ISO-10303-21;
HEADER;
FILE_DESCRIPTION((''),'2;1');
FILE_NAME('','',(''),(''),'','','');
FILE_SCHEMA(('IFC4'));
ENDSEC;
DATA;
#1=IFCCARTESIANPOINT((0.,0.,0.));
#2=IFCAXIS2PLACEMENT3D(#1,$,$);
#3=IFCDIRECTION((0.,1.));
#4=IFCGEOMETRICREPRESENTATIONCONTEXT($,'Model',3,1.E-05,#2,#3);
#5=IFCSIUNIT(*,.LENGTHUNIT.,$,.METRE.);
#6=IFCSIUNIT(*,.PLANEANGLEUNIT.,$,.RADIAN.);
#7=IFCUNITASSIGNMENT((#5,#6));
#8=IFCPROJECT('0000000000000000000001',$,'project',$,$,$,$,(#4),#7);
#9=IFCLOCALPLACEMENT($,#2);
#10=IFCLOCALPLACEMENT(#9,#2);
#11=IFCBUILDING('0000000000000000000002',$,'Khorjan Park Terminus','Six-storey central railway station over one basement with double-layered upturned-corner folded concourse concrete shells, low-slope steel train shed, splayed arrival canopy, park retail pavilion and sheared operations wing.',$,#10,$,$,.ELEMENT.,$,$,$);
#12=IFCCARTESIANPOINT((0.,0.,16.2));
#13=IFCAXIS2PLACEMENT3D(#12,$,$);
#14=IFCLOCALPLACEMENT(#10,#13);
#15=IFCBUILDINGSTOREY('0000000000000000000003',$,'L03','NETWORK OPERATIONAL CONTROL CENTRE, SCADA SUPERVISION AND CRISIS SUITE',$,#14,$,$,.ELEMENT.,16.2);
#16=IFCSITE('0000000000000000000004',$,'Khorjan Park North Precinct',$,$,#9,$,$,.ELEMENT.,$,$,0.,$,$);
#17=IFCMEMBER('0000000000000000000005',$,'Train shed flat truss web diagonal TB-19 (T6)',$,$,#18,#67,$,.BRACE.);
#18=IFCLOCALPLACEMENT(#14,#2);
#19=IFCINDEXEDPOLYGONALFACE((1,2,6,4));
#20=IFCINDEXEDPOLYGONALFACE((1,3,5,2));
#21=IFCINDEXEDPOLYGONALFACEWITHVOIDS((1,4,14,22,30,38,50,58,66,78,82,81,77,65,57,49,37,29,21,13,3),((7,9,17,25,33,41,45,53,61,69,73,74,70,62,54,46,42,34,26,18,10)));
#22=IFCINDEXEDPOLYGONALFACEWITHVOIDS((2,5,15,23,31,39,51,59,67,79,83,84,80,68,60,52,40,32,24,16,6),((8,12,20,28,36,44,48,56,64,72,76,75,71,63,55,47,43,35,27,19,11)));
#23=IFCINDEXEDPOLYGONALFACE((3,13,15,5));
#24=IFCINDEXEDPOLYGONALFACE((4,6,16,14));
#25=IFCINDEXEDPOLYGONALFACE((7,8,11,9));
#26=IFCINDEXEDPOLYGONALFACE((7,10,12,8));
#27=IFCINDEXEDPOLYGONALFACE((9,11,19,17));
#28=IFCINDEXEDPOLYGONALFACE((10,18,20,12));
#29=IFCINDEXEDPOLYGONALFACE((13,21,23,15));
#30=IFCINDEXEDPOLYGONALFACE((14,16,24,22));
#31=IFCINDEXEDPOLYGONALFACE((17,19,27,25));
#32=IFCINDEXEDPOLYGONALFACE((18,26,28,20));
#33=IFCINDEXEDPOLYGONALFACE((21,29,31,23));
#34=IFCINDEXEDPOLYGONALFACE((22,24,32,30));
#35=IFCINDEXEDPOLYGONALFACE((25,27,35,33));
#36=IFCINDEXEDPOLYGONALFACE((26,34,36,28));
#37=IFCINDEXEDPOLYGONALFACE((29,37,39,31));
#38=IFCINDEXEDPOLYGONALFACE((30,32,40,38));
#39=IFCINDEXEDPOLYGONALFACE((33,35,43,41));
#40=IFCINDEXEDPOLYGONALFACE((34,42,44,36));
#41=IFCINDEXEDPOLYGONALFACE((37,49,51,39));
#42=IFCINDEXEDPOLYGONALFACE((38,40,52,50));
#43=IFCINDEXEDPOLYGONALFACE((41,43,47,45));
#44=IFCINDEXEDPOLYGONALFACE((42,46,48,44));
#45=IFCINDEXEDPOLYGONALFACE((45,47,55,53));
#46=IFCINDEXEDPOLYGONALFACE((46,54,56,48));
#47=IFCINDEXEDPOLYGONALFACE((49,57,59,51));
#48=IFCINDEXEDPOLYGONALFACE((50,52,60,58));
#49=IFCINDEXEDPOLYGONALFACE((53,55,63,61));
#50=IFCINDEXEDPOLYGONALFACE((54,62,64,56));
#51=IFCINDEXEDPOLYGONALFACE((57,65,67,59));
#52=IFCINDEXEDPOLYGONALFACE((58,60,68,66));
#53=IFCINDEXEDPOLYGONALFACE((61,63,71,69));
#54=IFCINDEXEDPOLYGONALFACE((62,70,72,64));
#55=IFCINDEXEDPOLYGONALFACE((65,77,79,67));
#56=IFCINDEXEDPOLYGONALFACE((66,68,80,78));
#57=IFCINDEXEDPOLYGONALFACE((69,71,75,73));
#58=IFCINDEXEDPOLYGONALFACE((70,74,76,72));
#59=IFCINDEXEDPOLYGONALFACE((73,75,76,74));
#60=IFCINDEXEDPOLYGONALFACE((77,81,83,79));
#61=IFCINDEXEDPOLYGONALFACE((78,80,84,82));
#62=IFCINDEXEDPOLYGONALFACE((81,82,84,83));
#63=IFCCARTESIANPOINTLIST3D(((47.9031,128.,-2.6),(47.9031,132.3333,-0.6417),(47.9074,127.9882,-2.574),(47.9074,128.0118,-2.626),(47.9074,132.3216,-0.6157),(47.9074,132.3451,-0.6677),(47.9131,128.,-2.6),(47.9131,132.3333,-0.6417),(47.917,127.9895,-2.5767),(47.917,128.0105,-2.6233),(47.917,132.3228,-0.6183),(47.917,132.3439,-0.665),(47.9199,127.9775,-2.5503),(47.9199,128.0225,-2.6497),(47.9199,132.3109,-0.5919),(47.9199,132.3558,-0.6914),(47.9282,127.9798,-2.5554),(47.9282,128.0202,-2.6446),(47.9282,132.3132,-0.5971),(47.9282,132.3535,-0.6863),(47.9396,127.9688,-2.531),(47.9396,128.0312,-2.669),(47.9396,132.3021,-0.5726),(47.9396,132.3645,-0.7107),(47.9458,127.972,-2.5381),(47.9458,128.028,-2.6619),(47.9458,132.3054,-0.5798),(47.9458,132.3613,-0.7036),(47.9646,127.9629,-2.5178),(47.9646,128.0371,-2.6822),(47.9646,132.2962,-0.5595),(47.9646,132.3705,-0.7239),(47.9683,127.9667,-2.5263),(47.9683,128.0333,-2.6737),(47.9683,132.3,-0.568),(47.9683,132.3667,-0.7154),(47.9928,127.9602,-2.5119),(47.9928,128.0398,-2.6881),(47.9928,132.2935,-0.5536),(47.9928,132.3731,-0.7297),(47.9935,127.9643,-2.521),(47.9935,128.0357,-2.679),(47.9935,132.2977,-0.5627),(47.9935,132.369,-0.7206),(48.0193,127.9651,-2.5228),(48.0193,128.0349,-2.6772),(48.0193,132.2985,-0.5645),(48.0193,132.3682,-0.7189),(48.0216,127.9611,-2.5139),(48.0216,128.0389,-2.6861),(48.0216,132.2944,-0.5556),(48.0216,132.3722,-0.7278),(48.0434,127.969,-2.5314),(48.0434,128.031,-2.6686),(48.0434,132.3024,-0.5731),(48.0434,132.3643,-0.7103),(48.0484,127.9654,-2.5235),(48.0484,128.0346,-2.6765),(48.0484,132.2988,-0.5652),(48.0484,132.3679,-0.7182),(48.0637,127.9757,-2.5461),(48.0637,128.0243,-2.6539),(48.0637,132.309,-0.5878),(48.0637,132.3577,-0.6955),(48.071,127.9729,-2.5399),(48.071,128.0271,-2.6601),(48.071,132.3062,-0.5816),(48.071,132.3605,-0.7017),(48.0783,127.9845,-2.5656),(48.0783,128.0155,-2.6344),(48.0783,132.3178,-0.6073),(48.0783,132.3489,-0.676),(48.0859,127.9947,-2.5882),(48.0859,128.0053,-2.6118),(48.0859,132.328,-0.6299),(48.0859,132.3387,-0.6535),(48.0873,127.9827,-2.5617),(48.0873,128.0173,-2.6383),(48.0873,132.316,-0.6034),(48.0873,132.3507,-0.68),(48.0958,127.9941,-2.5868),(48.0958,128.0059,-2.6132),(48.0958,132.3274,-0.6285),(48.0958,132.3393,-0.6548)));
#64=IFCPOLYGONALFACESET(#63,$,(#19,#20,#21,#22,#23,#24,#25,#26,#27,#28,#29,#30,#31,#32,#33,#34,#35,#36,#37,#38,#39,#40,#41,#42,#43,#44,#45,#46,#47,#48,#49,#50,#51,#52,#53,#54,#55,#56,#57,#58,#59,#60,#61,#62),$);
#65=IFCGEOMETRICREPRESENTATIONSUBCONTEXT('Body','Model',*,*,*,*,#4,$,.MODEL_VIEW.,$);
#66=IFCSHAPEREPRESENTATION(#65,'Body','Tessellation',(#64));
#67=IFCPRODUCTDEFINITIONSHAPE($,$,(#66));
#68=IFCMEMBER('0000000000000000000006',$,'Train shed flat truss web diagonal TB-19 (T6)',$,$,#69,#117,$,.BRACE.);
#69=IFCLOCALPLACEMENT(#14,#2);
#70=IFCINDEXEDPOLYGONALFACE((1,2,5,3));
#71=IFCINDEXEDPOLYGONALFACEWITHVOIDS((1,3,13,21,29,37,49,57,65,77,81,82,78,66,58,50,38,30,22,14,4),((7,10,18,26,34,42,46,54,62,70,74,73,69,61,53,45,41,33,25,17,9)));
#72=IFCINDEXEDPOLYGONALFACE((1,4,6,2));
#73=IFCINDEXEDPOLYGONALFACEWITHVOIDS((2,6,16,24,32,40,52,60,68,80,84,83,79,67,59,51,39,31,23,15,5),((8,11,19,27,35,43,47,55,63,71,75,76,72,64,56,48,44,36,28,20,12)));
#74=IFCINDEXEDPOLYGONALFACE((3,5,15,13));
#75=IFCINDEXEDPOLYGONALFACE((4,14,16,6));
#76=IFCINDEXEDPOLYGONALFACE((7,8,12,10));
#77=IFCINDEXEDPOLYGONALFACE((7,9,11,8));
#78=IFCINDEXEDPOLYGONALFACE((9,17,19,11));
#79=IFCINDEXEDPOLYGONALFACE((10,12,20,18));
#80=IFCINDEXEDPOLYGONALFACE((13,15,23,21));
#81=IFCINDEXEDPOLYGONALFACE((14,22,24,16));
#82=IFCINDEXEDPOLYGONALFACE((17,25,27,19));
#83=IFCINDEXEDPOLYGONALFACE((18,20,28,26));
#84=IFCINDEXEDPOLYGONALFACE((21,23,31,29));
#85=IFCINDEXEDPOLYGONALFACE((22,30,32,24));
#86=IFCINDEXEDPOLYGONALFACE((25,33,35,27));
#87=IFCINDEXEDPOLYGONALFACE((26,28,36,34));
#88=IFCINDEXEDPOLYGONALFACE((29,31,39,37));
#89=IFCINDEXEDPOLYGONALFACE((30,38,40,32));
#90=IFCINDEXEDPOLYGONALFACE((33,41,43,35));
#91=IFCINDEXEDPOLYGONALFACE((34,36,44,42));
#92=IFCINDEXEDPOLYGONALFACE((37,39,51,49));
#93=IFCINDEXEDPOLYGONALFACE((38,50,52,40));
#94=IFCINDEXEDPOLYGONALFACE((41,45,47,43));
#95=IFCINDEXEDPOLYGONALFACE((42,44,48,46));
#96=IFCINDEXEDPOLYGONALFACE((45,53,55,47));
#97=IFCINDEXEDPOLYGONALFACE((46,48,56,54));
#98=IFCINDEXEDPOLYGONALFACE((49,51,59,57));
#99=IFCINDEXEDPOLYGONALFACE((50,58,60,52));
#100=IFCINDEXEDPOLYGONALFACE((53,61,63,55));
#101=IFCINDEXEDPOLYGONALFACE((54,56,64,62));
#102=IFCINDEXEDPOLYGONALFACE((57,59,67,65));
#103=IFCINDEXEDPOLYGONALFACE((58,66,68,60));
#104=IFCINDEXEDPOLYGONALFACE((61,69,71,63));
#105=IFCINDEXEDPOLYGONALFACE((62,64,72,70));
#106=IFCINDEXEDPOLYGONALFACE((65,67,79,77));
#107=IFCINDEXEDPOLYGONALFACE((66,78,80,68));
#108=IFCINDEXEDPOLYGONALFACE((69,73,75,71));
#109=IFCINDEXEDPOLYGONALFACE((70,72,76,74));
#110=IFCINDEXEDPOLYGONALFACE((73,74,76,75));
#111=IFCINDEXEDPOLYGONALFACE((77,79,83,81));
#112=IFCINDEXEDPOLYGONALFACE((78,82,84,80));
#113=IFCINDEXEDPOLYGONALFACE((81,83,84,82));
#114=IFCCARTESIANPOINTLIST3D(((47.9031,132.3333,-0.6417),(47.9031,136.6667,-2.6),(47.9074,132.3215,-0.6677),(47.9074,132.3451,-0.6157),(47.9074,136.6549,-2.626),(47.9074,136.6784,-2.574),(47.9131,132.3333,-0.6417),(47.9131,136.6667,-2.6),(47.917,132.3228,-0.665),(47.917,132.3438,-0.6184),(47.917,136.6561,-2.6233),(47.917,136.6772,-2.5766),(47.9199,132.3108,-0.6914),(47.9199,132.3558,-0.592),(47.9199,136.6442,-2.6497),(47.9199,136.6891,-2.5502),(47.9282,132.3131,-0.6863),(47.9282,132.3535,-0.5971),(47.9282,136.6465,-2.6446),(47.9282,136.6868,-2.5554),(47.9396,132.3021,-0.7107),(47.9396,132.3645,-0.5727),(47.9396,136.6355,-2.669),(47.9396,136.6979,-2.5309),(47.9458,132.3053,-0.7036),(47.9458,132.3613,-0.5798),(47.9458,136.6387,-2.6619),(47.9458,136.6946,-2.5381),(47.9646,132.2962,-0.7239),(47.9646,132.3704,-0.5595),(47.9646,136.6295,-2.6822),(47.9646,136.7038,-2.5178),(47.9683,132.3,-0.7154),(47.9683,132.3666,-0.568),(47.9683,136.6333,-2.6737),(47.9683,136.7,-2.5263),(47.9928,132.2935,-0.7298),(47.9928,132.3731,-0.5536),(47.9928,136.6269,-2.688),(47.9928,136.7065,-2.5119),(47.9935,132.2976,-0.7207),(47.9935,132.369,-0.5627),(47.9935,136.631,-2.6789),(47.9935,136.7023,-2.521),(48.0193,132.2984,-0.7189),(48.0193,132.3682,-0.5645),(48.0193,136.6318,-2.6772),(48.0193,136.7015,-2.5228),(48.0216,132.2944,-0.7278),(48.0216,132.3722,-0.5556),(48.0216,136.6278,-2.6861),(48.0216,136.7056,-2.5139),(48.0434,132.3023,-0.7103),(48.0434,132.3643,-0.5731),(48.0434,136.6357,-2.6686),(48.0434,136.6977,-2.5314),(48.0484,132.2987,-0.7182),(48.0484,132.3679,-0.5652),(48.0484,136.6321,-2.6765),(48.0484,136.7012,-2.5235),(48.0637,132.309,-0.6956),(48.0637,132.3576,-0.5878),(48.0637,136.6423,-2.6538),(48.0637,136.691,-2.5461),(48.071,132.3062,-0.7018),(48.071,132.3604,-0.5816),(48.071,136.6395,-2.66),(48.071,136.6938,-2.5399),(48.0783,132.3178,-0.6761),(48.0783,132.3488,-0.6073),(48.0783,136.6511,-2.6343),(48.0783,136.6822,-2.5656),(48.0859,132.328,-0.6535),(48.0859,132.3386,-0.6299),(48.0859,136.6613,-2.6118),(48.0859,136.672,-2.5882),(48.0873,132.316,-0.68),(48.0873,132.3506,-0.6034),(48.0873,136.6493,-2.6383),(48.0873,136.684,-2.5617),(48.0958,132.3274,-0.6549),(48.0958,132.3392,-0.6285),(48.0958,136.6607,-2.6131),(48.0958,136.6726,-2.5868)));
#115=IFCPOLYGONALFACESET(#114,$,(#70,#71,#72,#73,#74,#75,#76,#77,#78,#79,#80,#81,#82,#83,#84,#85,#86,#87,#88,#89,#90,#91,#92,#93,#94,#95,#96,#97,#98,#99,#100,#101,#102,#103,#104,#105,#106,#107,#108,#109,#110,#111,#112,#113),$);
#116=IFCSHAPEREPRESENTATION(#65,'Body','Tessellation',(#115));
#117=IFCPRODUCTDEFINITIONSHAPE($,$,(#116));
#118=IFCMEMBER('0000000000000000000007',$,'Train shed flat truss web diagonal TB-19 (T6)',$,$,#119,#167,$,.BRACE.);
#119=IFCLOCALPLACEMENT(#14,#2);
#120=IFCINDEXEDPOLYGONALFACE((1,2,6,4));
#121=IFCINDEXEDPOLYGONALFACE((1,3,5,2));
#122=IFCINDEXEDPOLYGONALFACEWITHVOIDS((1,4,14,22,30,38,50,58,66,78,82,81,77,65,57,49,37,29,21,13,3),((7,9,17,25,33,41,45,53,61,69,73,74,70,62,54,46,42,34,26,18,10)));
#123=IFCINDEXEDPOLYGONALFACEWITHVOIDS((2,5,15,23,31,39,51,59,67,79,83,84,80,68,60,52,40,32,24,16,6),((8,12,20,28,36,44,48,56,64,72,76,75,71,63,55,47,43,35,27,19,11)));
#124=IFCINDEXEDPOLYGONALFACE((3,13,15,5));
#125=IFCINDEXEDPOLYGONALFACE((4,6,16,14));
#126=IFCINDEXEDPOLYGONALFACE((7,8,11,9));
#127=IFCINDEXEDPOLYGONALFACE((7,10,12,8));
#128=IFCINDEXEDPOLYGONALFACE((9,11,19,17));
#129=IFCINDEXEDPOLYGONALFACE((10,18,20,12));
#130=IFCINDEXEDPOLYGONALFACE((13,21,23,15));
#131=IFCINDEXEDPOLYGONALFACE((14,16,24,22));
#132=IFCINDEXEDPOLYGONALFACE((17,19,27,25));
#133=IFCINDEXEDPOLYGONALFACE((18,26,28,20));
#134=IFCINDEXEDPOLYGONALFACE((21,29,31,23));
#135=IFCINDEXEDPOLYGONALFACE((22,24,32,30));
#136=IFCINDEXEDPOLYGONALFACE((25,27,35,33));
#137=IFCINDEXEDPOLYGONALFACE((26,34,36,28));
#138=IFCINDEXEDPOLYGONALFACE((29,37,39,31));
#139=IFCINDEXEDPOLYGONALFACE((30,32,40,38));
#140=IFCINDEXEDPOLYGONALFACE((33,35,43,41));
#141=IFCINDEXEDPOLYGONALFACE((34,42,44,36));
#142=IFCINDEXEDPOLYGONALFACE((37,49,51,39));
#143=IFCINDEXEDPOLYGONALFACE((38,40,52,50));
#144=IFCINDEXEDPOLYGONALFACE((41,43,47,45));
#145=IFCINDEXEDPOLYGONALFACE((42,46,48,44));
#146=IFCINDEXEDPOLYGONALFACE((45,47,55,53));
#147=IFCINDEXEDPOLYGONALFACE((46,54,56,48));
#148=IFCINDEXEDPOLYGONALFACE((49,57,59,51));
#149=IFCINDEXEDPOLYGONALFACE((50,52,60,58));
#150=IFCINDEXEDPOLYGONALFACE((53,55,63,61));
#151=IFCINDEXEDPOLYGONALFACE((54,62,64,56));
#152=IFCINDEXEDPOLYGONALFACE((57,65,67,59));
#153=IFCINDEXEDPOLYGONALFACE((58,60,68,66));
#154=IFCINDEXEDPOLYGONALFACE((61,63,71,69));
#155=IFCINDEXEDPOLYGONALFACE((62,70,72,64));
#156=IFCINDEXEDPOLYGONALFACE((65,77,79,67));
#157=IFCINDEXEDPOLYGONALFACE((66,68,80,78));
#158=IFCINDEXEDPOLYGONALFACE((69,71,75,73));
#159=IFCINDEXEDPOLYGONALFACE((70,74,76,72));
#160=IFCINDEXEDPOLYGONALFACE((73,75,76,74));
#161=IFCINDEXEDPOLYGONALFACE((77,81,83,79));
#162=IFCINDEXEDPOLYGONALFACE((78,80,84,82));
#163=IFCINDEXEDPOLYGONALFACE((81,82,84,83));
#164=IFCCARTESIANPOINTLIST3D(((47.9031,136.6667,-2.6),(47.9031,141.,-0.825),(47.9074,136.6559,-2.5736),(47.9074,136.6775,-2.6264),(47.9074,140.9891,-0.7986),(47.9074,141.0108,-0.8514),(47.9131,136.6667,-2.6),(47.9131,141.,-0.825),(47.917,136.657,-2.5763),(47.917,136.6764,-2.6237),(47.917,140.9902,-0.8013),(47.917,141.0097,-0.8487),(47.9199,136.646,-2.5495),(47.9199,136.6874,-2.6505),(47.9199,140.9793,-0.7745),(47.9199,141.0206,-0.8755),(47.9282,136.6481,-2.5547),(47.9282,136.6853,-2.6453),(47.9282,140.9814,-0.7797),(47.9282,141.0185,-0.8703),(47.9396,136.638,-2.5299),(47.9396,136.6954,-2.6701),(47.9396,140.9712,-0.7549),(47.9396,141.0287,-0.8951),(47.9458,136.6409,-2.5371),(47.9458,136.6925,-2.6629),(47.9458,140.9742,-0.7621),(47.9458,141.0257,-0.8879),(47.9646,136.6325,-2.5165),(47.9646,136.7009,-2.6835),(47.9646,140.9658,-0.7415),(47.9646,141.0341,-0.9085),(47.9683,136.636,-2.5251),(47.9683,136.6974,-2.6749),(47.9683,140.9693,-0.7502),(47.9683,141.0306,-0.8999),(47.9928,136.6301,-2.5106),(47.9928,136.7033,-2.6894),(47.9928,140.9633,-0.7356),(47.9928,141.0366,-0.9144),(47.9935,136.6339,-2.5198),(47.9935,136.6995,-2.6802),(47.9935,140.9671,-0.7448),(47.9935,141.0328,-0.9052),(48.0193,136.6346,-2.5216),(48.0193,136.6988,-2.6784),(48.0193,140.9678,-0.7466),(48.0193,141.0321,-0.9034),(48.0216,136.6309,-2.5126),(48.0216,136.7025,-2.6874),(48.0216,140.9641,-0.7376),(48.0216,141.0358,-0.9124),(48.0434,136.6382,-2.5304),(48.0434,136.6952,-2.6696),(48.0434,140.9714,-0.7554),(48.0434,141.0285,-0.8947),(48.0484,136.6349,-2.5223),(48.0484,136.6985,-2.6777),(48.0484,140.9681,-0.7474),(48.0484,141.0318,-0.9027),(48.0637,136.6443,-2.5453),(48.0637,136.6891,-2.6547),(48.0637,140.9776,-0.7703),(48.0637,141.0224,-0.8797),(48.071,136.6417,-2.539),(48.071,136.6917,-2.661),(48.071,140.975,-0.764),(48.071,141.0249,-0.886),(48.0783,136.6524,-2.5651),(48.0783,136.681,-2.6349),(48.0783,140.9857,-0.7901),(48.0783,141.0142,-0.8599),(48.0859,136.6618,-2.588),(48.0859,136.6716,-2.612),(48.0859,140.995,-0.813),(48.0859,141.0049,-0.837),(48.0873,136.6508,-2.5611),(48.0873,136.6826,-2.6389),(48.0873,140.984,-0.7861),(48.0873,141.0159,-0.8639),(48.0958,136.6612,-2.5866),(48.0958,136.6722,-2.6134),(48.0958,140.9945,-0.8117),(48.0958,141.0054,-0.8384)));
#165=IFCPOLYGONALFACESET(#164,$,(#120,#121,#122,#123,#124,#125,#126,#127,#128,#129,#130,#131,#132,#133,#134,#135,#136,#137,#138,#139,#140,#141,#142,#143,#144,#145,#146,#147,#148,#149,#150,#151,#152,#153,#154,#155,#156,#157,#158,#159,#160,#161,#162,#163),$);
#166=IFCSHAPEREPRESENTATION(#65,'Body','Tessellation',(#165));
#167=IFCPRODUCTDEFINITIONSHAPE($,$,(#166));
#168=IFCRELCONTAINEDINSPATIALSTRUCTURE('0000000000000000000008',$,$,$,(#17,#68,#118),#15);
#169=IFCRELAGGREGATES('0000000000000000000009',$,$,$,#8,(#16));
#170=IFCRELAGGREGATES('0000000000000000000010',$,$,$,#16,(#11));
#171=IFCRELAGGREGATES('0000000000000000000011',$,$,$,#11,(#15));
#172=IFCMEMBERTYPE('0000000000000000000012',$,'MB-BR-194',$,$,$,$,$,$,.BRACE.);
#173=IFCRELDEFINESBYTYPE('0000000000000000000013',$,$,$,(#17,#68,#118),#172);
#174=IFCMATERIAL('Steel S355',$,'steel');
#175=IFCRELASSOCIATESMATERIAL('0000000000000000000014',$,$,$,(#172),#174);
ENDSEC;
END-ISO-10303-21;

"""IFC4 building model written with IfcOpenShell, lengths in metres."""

from ifc_helpers import new_model, si_unit, direction, frame, origin, origin_2d, place, context, subcontext, project, spatial, hollow_circle, extrude, material, material_profile, profile_set, type_object, element, save


model = new_model("IFC4")

# Units and contexts
model_context = context("Model", 3, precision=1e-05, world=origin(), true_north=direction((0.0, 1.0)))
body_context = subcontext(model_context, "Body", "Model", "MODEL_VIEW")
ifc_project = project(units=[si_unit("LENGTHUNIT", "METRE"), si_unit("PLANEANGLEUNIT", "RADIAN")], contexts=[model_context])

# Site, building, storey
site_placement = place(None, origin())
site = spatial("IfcSite", under=ifc_project, at=site_placement, Name="Khorjan Park North Precinct", CompositionType="ELEMENT", RefElevation=0.0)
building_placement = place(site_placement, origin())
building = spatial("IfcBuilding", under=site, at=building_placement, Name="Khorjan Park Terminus", Description="Six-storey central railway station over one basement with double-layered upturned-corner folded concourse concrete shells, low-slope steel train shed, splayed arrival canopy, park retail pavilion and sheared operations wing.", CompositionType="ELEMENT")
storey_placement = place(building_placement, frame((0.0, 0.0, 16.2)))
storey = spatial("IfcBuildingStorey", under=building, at=storey_placement, Name="L03", Description="NETWORK OPERATIONAL CONTROL CENTRE, SCADA SUPERVISION AND CRISIS SUITE", CompositionType="ELEMENT", Elevation=16.2)

# Members
ifc_material = material(Name="Steel S355", Category="steel")
ifc_material_profile_1 = material_profile(ifc_material, hollow_circle(Radius=0.0969, WallThickness=0.01, at=origin_2d()), Name="CHS 193.7x10")
ifc_profile_set_1 = profile_set([ifc_material_profile_1], Name="Steel S355")
member_type_1 = type_object("IfcMemberType", Name="MB-BR-194", PredefinedType="BRACE", material=ifc_profile_set_1)
for number, where, z_axis, x_axis, name in (
    (1, (48.0, 128.0, -2.6), (0.0, 0.911266, 0.411818), (-1.0, 0.0, 0.0), "Train shed flat truss web diagonal TB-19 (T6)"),
    (2, (48.0, 132.3333, -0.6417), (0.0, 0.91127, -0.41181), (-1.0, 0.0, 0.0), "Train shed flat truss web diagonal TB-19 (T6)"),
):
    element("IfcMember", number, at=place(storey_placement, frame(where, z_axis=z_axis, x_axis=x_axis)), inside=storey, type_object=member_type_1, Name=name, PredefinedType="BRACE", context=body_context, shape_type="SweptSolid", body=[
        extrude(hollow_circle(Radius=0.0969, WallThickness=0.01, at=origin_2d()), origin(), (0.0, 0.0, 1.0), 4.7553),
    ])
member_1_placement = place(storey_placement, frame((48.0, 136.6667, -2.6), z_axis=(0.0, 0.925376, 0.379051), x_axis=(-1.0, 0.0, 0.0)))
element("IfcMember", 3, at=member_1_placement, inside=storey, type_object=member_type_1, Name="Train shed flat truss web diagonal TB-19 (T6)", PredefinedType="BRACE", context=body_context, shape_type="SweptSolid", body=[
    extrude(hollow_circle(Radius=0.0969, WallThickness=0.01, at=origin_2d()), origin(), (0.0, 0.0, 1.0), 4.6827),
])

save(model, "model.ifc")
